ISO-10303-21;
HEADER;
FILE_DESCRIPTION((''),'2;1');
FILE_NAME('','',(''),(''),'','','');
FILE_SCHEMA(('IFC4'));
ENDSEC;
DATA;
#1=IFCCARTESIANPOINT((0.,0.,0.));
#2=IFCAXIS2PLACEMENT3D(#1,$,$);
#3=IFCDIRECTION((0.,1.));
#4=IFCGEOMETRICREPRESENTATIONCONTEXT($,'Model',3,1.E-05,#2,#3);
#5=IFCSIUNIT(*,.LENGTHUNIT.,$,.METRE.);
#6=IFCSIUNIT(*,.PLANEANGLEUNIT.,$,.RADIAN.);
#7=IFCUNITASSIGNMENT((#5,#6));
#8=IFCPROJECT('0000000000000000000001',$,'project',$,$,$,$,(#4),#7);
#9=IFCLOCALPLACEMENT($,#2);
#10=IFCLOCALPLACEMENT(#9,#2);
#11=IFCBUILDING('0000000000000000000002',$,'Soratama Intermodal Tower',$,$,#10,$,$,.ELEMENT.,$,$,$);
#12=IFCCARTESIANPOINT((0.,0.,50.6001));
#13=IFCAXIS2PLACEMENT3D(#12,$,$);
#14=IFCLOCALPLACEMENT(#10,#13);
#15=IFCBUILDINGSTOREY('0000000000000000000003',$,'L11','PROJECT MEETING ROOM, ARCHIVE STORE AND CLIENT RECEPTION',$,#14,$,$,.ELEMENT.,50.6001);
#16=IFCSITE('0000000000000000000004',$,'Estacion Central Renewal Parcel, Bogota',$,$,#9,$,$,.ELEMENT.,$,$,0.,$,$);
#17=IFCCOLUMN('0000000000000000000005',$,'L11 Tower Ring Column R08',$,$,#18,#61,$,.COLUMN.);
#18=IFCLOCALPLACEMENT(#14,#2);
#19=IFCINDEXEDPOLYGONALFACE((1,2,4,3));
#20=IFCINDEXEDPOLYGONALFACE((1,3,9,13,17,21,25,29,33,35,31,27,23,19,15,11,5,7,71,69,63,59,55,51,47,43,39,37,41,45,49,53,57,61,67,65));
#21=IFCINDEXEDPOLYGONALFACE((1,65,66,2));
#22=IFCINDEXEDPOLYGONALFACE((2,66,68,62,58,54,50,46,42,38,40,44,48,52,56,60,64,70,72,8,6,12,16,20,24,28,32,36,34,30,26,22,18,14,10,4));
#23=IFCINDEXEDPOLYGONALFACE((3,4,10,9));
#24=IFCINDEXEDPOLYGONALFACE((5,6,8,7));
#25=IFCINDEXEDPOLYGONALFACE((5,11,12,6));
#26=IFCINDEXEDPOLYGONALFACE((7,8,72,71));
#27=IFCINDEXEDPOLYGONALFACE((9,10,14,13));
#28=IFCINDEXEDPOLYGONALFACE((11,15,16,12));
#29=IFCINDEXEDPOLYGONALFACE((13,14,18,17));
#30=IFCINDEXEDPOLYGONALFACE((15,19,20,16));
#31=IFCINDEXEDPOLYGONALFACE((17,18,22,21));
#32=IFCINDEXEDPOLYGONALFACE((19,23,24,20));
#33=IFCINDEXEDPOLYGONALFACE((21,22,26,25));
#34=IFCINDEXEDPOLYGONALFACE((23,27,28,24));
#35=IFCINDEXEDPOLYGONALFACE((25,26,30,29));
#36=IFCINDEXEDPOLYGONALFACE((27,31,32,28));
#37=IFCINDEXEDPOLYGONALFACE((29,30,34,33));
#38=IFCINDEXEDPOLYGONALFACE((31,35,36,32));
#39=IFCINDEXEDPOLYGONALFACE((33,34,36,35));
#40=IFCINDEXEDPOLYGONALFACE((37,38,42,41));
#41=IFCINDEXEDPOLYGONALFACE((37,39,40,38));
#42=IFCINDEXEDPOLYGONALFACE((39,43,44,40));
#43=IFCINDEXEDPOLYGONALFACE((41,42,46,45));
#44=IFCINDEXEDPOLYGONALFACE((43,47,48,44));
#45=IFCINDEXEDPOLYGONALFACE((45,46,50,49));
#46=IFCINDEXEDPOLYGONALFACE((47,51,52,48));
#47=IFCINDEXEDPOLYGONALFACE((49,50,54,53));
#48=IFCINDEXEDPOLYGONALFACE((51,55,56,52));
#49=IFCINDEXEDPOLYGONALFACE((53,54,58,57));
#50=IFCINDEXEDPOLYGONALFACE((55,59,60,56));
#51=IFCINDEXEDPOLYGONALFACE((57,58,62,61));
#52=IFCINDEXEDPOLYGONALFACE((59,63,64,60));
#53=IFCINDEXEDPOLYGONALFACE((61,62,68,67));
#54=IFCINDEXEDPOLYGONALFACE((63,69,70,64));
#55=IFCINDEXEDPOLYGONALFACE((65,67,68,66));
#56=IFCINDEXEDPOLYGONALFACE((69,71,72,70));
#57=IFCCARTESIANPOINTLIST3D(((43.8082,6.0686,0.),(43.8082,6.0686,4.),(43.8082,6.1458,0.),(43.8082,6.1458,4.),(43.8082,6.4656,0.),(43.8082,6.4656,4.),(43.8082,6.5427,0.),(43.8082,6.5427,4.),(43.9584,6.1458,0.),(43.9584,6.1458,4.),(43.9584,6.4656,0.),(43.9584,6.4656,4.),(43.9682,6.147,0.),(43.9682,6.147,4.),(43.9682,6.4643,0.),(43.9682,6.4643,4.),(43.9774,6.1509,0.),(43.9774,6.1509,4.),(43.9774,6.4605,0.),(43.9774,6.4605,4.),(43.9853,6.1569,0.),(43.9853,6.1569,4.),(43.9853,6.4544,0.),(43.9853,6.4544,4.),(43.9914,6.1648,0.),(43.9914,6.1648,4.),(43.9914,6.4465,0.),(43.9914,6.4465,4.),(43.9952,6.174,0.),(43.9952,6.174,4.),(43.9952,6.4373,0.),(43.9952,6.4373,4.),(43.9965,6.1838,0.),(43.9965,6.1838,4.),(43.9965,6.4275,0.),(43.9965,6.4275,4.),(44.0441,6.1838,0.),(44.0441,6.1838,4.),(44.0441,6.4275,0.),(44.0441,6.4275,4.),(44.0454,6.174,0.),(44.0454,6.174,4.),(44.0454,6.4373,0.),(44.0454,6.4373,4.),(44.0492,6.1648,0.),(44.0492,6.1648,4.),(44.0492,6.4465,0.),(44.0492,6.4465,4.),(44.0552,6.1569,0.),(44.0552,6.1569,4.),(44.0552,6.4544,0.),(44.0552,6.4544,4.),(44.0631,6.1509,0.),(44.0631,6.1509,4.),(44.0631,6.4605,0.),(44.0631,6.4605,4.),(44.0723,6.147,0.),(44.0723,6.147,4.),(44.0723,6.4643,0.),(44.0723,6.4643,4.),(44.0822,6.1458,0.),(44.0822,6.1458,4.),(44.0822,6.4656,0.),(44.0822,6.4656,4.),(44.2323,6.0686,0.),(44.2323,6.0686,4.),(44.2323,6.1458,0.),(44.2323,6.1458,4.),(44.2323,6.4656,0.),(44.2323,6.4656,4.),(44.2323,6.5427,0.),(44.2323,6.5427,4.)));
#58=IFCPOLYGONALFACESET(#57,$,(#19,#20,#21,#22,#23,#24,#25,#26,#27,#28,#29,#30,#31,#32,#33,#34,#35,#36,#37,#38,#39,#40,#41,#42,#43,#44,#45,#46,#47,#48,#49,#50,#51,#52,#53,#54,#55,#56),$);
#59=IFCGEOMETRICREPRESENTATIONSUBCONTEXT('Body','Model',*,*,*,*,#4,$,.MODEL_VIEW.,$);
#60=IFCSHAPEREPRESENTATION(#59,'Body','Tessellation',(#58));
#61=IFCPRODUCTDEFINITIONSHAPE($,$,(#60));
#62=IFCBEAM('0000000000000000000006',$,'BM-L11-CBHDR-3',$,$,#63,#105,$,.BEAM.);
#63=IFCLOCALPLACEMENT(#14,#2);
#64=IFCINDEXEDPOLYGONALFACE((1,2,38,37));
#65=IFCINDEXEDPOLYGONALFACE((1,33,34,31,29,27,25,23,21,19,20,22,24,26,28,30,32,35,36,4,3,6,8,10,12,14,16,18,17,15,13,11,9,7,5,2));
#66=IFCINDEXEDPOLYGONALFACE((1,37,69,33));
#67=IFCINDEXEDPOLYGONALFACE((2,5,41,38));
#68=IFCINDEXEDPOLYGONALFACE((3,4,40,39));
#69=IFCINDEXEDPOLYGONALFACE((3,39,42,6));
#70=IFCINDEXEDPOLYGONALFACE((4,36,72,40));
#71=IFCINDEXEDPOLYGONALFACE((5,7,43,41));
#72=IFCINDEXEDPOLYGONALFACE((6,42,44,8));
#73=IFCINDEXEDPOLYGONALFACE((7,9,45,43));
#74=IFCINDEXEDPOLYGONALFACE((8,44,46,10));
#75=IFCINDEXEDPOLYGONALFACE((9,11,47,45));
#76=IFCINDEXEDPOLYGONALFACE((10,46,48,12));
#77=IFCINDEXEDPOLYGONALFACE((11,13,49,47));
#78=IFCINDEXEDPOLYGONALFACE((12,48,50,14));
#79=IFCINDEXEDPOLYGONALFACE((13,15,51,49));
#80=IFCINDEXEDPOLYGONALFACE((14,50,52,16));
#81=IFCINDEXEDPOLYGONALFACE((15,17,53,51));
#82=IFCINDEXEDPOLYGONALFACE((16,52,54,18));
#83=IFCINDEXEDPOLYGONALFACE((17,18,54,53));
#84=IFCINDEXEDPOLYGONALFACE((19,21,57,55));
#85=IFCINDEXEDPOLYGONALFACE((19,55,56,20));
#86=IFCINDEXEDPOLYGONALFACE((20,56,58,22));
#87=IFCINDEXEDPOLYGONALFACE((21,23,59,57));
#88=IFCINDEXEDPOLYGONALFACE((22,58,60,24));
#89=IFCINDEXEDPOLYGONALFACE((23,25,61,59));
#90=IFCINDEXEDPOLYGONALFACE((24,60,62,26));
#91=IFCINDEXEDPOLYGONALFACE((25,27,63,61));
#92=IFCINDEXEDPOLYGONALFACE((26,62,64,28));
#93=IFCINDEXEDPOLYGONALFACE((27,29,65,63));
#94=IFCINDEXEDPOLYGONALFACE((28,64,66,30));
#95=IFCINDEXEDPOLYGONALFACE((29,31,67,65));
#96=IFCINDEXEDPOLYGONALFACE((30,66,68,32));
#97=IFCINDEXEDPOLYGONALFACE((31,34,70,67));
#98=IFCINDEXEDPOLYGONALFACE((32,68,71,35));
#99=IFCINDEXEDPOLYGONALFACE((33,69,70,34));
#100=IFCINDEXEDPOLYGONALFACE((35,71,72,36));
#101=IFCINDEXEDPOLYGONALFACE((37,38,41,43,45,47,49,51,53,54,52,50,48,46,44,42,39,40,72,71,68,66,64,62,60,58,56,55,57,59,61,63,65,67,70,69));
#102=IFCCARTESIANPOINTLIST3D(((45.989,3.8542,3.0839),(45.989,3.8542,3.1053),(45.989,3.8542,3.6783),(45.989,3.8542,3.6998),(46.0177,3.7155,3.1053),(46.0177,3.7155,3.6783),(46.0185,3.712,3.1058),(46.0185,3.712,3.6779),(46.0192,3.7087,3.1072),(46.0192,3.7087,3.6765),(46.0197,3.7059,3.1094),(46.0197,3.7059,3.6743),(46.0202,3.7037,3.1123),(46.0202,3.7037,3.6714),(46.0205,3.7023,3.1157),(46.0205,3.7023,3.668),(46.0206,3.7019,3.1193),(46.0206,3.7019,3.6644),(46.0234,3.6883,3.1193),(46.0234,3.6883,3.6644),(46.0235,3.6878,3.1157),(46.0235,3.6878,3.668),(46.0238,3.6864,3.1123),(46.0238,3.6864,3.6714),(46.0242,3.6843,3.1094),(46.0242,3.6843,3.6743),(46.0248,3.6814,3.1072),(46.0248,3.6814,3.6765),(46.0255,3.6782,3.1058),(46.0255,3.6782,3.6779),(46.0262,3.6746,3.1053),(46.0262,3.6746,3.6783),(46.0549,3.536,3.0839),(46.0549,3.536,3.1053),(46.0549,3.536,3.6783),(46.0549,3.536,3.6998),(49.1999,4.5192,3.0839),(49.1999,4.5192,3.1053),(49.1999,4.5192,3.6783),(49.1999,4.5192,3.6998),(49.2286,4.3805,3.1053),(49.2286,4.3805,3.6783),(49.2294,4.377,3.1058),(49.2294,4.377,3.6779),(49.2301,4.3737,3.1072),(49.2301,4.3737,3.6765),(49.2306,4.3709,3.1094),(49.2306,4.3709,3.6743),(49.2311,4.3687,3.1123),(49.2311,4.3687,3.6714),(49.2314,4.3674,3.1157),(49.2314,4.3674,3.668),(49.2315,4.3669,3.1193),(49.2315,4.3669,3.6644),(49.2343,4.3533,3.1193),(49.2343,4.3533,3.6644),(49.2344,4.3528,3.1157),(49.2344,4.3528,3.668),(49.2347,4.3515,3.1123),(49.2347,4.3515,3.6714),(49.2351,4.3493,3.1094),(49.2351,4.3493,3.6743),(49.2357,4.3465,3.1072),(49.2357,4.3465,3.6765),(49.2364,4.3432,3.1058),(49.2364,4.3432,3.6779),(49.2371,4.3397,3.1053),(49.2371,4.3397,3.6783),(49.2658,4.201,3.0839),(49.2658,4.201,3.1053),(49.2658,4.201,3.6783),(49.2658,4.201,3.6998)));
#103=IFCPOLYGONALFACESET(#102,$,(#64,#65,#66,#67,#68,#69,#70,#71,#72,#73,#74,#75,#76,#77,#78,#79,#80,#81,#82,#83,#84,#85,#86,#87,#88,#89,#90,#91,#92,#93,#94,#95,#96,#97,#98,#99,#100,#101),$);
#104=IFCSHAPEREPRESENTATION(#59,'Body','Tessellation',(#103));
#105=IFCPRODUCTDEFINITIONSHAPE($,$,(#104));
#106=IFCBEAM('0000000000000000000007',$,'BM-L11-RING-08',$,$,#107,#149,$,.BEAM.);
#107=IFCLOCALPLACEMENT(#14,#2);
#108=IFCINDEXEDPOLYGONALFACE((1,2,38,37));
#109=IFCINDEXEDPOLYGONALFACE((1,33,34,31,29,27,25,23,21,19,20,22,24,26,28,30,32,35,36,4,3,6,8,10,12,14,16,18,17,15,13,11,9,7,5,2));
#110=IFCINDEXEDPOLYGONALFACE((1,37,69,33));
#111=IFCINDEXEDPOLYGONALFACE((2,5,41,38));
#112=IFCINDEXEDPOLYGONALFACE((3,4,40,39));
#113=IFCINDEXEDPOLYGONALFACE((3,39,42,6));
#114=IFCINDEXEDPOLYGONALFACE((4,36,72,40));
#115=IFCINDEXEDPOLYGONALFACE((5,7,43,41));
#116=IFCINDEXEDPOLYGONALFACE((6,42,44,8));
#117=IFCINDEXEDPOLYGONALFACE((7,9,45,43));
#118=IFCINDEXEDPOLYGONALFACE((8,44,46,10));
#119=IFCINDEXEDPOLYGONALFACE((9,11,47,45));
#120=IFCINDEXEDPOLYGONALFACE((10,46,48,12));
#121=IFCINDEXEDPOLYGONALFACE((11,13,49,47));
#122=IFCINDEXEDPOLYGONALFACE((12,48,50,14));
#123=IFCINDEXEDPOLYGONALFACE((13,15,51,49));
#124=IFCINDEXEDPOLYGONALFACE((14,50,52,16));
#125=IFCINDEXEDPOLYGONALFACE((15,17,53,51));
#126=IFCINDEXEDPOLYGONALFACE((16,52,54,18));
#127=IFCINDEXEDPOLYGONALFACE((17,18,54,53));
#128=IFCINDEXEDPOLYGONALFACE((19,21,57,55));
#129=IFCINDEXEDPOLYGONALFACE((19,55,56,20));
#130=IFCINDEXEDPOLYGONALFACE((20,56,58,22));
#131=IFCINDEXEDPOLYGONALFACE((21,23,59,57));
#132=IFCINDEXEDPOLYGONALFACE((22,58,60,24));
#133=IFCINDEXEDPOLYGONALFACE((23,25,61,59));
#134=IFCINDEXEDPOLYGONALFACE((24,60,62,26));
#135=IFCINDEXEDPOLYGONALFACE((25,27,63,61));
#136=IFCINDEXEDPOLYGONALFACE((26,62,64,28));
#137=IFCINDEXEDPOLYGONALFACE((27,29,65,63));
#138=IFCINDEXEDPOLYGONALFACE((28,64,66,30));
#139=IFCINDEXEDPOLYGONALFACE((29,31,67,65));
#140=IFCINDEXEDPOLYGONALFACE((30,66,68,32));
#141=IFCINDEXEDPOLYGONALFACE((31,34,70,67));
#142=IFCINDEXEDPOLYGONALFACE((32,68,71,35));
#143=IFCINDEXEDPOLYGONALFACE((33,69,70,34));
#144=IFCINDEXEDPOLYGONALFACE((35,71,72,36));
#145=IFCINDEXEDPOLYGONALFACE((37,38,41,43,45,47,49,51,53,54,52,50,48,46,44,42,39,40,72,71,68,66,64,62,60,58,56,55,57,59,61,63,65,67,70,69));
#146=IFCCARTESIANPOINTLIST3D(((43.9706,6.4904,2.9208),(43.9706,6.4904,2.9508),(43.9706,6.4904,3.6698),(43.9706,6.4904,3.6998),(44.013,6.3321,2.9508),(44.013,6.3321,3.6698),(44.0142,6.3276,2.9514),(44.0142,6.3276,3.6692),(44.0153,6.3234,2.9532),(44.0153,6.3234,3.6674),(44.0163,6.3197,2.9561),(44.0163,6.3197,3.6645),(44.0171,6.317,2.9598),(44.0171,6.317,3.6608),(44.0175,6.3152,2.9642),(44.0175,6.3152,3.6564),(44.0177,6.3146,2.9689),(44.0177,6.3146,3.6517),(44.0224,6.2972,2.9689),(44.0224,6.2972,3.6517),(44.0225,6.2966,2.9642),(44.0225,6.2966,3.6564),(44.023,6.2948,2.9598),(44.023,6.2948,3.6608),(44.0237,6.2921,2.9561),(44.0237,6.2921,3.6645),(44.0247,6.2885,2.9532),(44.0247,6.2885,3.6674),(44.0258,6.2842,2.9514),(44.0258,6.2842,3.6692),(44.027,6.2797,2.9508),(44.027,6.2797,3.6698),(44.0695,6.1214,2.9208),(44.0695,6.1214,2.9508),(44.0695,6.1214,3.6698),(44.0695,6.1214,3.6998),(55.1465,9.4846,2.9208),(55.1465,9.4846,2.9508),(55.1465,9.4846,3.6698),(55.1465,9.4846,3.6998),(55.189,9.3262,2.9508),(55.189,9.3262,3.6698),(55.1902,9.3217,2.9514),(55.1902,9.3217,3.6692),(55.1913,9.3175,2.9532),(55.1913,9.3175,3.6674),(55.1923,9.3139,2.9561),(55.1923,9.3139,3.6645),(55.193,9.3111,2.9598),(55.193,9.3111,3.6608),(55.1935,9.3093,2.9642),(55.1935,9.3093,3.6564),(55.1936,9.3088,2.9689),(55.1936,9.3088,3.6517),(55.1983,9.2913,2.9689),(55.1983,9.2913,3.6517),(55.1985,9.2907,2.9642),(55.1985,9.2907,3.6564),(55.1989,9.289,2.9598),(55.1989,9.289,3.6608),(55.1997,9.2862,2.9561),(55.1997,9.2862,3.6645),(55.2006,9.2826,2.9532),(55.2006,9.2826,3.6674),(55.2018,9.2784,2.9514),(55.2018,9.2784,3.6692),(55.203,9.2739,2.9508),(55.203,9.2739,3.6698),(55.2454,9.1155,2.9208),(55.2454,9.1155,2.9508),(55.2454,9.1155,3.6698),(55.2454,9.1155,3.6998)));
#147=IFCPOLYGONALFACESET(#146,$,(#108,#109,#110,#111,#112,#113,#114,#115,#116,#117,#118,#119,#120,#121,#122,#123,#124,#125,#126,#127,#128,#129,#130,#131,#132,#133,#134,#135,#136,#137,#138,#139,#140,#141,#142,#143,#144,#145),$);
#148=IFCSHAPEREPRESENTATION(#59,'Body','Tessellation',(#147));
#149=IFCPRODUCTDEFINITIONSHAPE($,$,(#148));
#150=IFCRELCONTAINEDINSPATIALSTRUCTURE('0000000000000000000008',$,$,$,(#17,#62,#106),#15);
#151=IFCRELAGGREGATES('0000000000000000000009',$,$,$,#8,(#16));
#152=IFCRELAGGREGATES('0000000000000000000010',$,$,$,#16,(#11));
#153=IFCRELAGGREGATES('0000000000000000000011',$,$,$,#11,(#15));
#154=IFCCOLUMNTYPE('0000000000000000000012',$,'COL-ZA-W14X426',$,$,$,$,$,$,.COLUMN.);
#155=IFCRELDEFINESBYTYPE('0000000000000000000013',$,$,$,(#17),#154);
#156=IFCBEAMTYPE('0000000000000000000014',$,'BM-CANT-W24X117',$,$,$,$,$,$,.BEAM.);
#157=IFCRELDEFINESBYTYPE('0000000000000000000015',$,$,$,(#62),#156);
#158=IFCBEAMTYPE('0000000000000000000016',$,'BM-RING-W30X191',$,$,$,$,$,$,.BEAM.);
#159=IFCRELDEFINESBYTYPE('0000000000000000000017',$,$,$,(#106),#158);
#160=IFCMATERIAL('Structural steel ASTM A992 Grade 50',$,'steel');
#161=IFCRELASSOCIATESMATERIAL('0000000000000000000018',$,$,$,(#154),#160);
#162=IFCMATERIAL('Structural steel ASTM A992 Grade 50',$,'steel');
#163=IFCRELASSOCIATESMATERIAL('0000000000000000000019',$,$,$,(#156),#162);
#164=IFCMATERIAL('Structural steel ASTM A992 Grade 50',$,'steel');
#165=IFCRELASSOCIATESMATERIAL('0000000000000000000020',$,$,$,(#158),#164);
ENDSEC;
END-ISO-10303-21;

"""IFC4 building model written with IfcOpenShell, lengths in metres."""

from ifc_helpers import new_model, si_unit, direction, frame, origin, origin_2d, place, context, subcontext, project, spatial, i_section, extrude, material, material_profile, profile_set, type_object, element, save


model = new_model("IFC4")

# Units and contexts
model_context = context("Model", 3, precision=1e-05, world=origin(), true_north=direction((0.0, 1.0)))
body_context = subcontext(model_context, "Body", "Model", "MODEL_VIEW")
ifc_project = project(units=[si_unit("LENGTHUNIT", "METRE"), si_unit("PLANEANGLEUNIT", "RADIAN")], contexts=[model_context])

# Site, building, storey
site_placement = place(None, origin())
site = spatial("IfcSite", under=ifc_project, at=site_placement, Name="Estacion Central Renewal Parcel, Bogota", CompositionType="ELEMENT", RefElevation=0.0)
building_placement = place(site_placement, origin())
building = spatial("IfcBuilding", under=site, at=building_placement, Name="Soratama Intermodal Tower", CompositionType="ELEMENT")
storey_placement = place(building_placement, frame((0.0, 0.0, 50.6001)))
storey = spatial("IfcBuildingStorey", under=building, at=storey_placement, Name="L11", Description="PROJECT MEETING ROOM, ARCHIVE STORE AND CLIENT RECEPTION", CompositionType="ELEMENT", Elevation=50.6001)

# Column
ifc_material_1 = material(Name="Structural steel ASTM A992 Grade 50", Category="steel")
ifc_material_profile_1 = material_profile(ifc_material_1, i_section(OverallWidth=0.4241, OverallDepth=0.4741, WebThickness=0.0476, FlangeThickness=0.0771, FilletRadius=0.0381, at=origin_2d()), Name="W14X426")
ifc_profile_set_1 = profile_set([ifc_material_profile_1], Name="Structural steel ASTM A992 Grade 50")
column_type = type_object("IfcColumnType", Name="COL-ZA-W14X426", PredefinedType="COLUMN", material=ifc_profile_set_1)
column_placement = place(storey_placement, frame((44.0203, 6.3057, 0.0), z_axis=(0.0, 0.0, 1.0), x_axis=(1.0, 0.0, 0.0)))
element("IfcColumn", 1, at=column_placement, inside=storey, type_object=column_type, Name="L11 Tower Ring Column R08", PredefinedType="COLUMN", context=body_context, shape_type="SweptSolid", body=[
    extrude(i_section(OverallWidth=0.4241, OverallDepth=0.4741, WebThickness=0.0476, FlangeThickness=0.0771, FilletRadius=0.0381, at=origin_2d()), origin(), (0.0, 0.0, 1.0), 4.0),
])

# Beams
ifc_material_2 = material(Name="Structural steel ASTM A992 Grade 50", Category="steel")
ifc_material_profile_2 = material_profile(ifc_material_2, i_section(OverallWidth=0.325, OverallDepth=0.616, WebThickness=0.0139, FlangeThickness=0.0215, FilletRadius=0.0139, at=origin_2d()), Name="W24X117")
ifc_profile_set_2 = profile_set([ifc_material_profile_2], Name="Structural steel ASTM A992 Grade 50")
beam_type_1 = type_object("IfcBeamType", Name="BM-CANT-W24X117", PredefinedType="BEAM", material=ifc_profile_set_2)
beam_1_placement = place(storey_placement, frame((46.022, 3.6951, 3.3918), z_axis=(0.979218, 0.202812, 0.0), x_axis=(-0.202812, 0.979218, 0.0)))
element("IfcBeam", 2, at=beam_1_placement, inside=storey, type_object=beam_type_1, Name="BM-L11-CBHDR-3", PredefinedType="BEAM", context=body_context, shape_type="SweptSolid", body=[
    extrude(i_section(OverallWidth=0.325, OverallDepth=0.616, WebThickness=0.0139, FlangeThickness=0.0215, FilletRadius=0.0139, at=origin_2d()), origin(), (0.0, 0.0, 1.0), 3.2791),
])
ifc_material_3 = material(Name="Structural steel ASTM A992 Grade 50", Category="steel")
ifc_material_profile_3 = material_profile(ifc_material_3, i_section(OverallWidth=0.3821, OverallDepth=0.7791, WebThickness=0.0181, FlangeThickness=0.03, FilletRadius=0.0181, at=origin_2d()), Name="W30X191")
ifc_profile_set_3 = profile_set([ifc_material_profile_3], Name="Structural steel ASTM A992 Grade 50")
beam_type_2 = type_object("IfcBeamType", Name="BM-RING-W30X191", PredefinedType="BEAM", material=ifc_profile_set_3)
beam_2_placement = place(storey_placement, frame((44.02, 6.3059, 3.3103), z_axis=(0.965936, 0.258781, 0.0), x_axis=(-0.258781, 0.965936, 0.0)))
element("IfcBeam", 3, at=beam_2_placement, inside=storey, type_object=beam_type_2, Name="BM-L11-RING-08", PredefinedType="BEAM", context=body_context, shape_type="SweptSolid", body=[
    extrude(i_section(OverallWidth=0.3821, OverallDepth=0.7791, WebThickness=0.0181, FlangeThickness=0.03, FilletRadius=0.0181, at=origin_2d()), origin(), (0.0, 0.0, 1.0), 11.5701),
])

save(model, "model.ifc")
